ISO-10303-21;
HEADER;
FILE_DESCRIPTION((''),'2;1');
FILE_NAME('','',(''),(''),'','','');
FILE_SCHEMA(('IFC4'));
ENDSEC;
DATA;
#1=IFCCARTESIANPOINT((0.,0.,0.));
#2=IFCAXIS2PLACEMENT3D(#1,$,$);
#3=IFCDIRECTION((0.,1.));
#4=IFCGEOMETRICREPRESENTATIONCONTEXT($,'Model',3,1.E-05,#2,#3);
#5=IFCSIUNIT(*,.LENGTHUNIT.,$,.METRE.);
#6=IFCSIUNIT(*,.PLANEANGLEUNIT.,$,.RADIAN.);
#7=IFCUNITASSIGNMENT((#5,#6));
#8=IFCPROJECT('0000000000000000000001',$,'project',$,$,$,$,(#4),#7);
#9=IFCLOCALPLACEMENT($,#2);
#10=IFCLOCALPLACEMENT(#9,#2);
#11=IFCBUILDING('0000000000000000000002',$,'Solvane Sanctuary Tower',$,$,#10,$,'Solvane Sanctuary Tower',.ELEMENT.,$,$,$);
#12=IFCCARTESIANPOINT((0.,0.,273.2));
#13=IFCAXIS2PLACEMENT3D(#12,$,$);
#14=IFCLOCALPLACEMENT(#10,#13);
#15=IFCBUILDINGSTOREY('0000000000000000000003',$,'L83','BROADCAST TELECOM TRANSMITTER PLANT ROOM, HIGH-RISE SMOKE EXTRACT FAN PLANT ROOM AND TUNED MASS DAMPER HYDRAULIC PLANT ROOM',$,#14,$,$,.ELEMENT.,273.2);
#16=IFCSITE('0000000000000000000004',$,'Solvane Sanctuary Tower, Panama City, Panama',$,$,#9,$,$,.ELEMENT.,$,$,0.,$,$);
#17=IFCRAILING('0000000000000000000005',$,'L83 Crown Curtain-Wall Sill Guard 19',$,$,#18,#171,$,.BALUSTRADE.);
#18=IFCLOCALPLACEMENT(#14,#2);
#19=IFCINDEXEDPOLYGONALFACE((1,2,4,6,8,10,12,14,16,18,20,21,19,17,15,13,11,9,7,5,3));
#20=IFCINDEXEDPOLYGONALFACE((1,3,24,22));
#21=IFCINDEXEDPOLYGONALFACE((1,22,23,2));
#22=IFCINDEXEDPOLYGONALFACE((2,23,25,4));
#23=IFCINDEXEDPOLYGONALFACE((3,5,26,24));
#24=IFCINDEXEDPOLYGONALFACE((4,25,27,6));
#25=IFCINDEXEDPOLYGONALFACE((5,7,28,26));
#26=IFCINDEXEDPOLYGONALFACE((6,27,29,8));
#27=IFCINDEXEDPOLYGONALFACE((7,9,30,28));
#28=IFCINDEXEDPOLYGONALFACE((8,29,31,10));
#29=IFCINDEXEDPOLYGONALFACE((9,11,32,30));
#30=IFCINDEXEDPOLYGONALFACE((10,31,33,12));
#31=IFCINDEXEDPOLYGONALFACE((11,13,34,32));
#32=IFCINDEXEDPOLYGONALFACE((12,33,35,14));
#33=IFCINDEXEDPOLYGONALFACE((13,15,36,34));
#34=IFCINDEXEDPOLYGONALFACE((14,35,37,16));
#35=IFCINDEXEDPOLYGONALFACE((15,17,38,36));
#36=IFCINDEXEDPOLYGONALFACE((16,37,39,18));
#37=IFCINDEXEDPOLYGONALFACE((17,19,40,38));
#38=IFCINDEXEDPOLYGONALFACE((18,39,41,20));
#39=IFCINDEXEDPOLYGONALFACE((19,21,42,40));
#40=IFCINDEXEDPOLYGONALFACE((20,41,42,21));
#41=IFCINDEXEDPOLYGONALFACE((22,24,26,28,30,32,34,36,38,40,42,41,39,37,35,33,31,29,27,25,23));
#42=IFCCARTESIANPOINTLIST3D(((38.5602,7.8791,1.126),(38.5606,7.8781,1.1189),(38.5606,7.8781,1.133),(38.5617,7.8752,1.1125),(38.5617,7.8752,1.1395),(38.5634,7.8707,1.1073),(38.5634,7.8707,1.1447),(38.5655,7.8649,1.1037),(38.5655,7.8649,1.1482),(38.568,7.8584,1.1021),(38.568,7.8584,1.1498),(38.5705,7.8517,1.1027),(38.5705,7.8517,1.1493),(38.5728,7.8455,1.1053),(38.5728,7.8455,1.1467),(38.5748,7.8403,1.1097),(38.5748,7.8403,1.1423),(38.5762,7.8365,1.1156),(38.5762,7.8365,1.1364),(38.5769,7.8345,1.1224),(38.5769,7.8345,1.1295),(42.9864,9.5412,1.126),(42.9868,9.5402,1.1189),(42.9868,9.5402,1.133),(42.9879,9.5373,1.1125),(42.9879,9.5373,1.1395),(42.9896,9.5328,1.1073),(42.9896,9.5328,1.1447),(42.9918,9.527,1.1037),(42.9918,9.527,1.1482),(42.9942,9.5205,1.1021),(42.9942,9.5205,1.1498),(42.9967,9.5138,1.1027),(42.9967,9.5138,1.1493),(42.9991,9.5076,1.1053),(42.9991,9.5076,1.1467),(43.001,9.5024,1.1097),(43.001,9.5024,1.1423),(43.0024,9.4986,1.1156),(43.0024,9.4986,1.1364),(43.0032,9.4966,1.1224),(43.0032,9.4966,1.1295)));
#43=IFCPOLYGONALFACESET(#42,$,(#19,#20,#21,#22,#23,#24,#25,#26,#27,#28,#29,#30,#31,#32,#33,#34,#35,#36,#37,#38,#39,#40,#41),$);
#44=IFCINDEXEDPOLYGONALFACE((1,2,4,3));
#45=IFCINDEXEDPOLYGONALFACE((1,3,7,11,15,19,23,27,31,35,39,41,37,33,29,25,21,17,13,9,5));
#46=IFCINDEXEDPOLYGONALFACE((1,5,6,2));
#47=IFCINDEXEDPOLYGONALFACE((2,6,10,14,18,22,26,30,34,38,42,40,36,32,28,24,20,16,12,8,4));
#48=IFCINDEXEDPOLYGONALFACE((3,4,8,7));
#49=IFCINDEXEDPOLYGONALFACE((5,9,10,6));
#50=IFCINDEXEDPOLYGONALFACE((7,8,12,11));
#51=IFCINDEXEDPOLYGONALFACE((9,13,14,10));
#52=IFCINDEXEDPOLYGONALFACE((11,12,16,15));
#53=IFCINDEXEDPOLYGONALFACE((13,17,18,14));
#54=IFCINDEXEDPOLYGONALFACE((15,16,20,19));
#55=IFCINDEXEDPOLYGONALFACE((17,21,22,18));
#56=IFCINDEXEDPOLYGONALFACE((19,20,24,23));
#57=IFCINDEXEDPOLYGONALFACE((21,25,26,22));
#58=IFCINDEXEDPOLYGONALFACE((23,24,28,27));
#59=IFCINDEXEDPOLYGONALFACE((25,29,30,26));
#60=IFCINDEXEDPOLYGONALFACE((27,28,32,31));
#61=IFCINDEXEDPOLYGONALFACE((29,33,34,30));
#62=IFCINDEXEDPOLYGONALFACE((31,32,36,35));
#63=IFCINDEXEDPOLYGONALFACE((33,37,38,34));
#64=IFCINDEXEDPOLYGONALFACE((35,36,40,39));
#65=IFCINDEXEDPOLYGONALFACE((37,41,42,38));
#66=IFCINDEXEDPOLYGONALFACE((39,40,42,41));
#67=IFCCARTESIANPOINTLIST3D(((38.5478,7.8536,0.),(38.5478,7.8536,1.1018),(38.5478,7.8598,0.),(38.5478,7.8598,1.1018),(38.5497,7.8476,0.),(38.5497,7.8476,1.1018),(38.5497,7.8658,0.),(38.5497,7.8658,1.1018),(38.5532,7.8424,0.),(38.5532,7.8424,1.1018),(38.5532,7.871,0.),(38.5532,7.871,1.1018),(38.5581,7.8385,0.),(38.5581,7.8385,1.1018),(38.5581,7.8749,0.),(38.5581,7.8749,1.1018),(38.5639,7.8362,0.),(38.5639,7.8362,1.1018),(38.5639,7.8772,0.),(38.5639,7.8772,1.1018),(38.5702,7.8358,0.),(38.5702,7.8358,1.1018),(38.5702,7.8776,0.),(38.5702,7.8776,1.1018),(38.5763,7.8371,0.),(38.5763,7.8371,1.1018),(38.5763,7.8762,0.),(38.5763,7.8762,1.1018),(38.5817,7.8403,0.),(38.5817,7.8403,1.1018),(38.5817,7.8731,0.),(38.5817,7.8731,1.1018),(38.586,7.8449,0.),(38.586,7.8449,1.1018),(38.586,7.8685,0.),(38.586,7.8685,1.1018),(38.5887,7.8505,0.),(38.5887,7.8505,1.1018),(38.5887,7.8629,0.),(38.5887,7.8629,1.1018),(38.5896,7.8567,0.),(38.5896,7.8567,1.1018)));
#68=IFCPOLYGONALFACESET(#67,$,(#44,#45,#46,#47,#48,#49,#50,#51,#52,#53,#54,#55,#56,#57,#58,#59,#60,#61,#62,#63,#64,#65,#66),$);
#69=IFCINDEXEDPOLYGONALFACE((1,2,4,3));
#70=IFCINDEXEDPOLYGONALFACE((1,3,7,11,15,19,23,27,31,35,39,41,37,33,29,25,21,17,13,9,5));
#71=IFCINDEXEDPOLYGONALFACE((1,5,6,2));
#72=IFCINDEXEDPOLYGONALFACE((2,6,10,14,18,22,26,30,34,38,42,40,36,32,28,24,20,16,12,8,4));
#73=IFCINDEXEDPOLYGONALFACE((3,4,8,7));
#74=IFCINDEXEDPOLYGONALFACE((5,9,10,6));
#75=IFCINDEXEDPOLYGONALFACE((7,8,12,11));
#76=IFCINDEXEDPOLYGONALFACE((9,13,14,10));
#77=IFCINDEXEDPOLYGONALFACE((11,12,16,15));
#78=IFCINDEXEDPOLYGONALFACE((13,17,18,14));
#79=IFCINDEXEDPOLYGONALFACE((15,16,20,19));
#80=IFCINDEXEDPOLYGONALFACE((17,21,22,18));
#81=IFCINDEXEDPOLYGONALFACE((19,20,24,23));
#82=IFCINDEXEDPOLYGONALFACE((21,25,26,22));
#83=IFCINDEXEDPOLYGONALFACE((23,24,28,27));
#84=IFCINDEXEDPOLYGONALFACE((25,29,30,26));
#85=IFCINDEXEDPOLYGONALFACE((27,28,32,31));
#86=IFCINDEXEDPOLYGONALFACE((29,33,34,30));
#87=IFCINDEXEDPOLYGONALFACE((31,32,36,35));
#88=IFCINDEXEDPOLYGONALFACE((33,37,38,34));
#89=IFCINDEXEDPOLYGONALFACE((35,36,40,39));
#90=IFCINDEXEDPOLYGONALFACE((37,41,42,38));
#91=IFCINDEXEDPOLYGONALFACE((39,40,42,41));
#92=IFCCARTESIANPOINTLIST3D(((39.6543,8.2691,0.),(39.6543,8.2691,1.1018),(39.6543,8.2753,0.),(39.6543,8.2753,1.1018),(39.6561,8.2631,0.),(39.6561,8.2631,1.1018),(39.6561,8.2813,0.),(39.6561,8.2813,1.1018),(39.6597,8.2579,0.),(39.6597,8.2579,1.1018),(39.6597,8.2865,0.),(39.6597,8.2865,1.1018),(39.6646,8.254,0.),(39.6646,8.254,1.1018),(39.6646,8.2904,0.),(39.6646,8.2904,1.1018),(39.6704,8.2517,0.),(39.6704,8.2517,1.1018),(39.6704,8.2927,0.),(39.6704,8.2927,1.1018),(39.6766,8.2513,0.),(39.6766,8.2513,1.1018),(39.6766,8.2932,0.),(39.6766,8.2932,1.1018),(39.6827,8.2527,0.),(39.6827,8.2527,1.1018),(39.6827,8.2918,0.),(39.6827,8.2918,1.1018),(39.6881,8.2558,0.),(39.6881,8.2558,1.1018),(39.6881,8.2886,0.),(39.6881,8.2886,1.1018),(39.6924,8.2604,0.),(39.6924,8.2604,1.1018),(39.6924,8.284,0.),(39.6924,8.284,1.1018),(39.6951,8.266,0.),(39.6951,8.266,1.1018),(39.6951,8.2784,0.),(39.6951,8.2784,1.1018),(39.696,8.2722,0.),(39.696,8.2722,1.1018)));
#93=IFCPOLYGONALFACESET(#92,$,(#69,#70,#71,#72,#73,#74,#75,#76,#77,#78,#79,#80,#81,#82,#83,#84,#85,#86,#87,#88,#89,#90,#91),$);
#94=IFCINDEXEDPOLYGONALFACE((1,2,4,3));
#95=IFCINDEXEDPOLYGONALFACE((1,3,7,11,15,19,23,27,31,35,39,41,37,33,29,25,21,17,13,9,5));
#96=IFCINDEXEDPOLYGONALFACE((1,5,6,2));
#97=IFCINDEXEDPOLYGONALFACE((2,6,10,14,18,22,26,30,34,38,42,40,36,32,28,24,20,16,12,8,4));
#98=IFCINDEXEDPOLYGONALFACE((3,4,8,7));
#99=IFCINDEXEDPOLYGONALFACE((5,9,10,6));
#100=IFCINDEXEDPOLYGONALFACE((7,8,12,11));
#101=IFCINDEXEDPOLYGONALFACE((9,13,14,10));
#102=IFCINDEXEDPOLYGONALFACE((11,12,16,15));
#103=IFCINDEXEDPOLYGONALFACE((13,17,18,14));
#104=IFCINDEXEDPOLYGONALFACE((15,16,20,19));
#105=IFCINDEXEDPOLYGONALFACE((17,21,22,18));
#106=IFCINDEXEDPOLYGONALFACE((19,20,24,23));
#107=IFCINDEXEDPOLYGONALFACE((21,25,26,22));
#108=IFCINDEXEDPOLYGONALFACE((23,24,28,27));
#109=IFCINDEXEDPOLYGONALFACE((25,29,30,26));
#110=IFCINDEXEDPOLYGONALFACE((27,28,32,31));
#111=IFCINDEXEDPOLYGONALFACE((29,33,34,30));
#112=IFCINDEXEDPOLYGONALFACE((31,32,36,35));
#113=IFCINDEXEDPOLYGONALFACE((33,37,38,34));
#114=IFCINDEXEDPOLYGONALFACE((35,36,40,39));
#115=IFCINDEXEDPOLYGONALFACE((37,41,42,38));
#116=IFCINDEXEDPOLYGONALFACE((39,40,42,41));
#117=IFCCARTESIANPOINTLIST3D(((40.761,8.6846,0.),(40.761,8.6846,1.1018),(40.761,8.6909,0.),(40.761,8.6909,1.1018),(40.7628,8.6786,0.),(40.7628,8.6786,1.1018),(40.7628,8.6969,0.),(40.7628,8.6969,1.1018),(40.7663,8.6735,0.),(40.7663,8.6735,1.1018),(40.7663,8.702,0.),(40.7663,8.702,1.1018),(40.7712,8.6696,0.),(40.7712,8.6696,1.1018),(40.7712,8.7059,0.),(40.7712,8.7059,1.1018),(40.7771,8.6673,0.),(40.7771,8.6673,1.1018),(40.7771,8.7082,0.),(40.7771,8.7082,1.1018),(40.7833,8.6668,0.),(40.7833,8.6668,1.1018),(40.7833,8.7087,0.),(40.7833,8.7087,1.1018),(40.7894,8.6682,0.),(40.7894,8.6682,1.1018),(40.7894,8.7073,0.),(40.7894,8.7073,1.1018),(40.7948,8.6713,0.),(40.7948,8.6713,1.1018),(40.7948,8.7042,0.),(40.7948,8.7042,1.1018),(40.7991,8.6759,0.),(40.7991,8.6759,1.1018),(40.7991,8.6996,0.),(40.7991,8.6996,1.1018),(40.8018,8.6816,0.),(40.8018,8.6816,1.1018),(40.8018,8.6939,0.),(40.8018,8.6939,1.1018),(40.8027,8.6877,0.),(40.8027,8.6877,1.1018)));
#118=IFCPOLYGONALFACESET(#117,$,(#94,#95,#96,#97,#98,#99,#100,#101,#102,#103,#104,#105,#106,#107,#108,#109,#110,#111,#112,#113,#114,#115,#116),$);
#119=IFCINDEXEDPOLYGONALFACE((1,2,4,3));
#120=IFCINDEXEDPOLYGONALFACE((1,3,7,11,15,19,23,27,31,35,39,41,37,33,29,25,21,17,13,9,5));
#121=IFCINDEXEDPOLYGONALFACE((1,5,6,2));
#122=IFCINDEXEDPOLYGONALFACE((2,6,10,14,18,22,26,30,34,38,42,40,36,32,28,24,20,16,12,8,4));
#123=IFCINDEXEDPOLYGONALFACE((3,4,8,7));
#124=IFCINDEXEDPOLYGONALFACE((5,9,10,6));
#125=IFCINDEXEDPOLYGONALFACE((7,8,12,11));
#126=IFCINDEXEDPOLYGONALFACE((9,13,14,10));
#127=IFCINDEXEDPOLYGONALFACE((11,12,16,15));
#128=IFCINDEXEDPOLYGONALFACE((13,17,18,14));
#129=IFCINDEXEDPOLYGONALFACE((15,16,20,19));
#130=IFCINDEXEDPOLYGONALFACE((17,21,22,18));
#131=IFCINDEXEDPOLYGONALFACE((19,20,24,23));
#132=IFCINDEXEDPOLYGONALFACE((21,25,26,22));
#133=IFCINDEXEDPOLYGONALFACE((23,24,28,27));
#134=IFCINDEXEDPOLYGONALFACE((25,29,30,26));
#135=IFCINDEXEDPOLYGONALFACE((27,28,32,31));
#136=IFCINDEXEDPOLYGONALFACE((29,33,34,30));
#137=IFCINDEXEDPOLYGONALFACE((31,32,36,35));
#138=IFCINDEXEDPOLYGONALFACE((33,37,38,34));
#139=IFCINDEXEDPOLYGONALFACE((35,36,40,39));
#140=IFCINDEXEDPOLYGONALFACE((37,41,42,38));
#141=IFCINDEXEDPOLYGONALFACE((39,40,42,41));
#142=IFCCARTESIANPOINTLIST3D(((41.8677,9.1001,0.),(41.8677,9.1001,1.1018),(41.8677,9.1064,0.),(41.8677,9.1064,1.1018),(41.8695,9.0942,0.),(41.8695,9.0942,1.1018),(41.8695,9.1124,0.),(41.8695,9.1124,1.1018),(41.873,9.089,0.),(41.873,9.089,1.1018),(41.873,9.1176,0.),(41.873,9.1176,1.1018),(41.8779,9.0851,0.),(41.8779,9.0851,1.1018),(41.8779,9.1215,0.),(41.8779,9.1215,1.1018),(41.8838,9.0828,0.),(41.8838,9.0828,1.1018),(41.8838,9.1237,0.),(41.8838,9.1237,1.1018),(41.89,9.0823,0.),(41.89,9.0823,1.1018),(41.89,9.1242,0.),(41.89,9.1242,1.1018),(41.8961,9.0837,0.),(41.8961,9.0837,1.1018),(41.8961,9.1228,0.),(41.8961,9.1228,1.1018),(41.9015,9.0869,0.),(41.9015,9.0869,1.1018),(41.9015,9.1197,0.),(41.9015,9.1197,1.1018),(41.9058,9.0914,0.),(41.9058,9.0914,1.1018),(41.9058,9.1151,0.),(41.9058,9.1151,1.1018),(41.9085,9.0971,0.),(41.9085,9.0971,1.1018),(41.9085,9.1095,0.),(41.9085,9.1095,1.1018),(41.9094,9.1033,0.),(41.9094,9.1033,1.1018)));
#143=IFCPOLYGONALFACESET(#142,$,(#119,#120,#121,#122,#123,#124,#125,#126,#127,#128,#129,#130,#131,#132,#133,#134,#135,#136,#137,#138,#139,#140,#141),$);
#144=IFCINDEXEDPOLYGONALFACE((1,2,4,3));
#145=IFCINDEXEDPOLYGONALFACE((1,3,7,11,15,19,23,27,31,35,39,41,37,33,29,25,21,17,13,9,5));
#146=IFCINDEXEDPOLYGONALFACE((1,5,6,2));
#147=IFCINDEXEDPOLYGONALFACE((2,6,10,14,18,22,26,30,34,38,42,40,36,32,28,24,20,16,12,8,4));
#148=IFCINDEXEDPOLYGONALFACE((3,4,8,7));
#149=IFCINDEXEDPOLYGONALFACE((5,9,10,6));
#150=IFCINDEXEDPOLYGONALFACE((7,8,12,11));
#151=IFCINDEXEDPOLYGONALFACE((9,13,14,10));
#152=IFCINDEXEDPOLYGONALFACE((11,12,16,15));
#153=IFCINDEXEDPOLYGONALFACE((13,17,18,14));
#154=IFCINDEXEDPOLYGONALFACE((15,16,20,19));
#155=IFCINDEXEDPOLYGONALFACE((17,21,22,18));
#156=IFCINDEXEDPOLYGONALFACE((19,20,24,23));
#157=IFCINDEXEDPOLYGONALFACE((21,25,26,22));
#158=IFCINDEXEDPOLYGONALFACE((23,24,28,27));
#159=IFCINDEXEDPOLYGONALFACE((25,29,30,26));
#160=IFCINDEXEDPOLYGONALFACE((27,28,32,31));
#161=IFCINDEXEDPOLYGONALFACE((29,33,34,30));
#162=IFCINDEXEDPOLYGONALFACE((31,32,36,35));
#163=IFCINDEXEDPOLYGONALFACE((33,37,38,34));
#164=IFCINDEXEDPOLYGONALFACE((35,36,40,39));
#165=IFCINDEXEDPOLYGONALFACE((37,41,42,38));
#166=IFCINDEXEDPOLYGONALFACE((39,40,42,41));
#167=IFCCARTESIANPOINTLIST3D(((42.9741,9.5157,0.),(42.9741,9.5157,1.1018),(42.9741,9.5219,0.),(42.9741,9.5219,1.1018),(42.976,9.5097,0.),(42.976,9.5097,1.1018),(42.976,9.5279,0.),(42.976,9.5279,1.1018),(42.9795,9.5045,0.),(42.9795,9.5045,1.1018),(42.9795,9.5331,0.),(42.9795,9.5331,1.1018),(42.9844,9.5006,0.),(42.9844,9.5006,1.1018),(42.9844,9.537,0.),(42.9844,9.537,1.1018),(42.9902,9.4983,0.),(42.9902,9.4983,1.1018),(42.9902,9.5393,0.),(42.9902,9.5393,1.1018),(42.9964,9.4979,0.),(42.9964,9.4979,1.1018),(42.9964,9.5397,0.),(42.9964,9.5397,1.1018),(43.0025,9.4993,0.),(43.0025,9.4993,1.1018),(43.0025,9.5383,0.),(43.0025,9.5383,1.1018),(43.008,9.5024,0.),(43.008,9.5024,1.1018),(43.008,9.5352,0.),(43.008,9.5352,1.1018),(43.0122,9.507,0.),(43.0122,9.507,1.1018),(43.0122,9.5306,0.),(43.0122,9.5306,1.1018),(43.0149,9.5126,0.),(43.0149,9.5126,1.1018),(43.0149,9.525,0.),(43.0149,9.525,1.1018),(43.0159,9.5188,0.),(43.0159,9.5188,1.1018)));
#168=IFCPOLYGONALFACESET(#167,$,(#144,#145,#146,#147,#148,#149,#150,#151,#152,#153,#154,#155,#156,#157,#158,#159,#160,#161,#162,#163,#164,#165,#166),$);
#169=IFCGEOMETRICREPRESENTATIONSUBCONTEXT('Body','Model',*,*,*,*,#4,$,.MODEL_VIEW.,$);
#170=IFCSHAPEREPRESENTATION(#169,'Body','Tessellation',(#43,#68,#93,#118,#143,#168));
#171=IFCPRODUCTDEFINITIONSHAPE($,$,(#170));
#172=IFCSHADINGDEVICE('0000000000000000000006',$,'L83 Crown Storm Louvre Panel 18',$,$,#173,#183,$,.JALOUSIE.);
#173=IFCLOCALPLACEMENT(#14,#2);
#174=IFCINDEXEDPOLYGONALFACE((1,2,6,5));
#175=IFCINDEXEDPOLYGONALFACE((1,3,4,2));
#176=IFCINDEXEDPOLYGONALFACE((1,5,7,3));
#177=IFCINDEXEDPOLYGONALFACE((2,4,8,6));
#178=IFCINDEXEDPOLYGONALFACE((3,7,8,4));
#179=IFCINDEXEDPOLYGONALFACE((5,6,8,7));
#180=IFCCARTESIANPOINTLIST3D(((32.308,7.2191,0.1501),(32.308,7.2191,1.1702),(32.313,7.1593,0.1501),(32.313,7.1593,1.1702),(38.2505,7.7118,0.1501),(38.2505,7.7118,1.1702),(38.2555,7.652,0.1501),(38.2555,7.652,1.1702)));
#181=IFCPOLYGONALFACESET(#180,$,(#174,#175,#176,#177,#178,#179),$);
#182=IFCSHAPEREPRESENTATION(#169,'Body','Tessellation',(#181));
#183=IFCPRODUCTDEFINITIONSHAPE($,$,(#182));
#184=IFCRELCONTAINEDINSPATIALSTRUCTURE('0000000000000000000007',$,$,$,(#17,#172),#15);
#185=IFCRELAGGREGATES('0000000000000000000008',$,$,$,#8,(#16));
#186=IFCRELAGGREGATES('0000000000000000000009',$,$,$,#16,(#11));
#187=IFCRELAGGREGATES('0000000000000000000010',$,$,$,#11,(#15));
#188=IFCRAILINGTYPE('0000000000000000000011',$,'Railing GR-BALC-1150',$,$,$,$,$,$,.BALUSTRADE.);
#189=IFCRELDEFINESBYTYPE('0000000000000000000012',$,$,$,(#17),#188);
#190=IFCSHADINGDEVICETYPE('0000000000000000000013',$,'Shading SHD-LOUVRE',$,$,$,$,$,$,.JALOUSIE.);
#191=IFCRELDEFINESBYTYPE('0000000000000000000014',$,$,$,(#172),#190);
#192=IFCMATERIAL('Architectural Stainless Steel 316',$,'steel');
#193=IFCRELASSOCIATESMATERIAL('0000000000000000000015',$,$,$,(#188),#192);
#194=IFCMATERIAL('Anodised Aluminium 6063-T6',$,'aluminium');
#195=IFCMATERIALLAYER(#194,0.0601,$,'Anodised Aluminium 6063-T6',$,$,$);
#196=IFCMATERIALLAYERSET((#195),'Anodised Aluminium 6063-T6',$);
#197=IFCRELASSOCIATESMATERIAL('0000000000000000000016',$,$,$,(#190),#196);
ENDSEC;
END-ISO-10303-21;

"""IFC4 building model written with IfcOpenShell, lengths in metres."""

from ifc_helpers import new_model, si_unit, direction, frame, origin, origin_2d, place, context, subcontext, project, spatial, rectangle, circle, extrude, material, layer, layer_set, type_object, element, save


model = new_model("IFC4")

# Units and contexts
model_context = context("Model", 3, precision=1e-05, world=origin(), true_north=direction((0.0, 1.0)))
body_context = subcontext(model_context, "Body", "Model", "MODEL_VIEW")
ifc_project = project(units=[si_unit("LENGTHUNIT", "METRE"), si_unit("PLANEANGLEUNIT", "RADIAN")], contexts=[model_context])

# Site, building, storey
site_placement = place(None, origin())
site = spatial("IfcSite", under=ifc_project, at=site_placement, Name="Solvane Sanctuary Tower, Panama City, Panama", CompositionType="ELEMENT", RefElevation=0.0)
building_placement = place(site_placement, origin())
building = spatial("IfcBuilding", under=site, at=building_placement, Name="Solvane Sanctuary Tower", LongName="Solvane Sanctuary Tower", CompositionType="ELEMENT")
storey_placement = place(building_placement, frame((0.0, 0.0, 273.2)))
storey = spatial("IfcBuildingStorey", under=building, at=storey_placement, Name="L83", Description="BROADCAST TELECOM TRANSMITTER PLANT ROOM, HIGH-RISE SMOKE EXTRACT FAN PLANT ROOM AND TUNED MASS DAMPER HYDRAULIC PLANT ROOM", CompositionType="ELEMENT", Elevation=273.2)

# Shared definitions
ifc_material_1 = material(Name="Anodised Aluminium 6063-T6", Category="aluminium")

# Shared definitions
ifc_material_2 = material(Name="Architectural Stainless Steel 316", Category="steel")

# Railing
railing_type = type_object("IfcRailingType", Name="Railing GR-BALC-1150", PredefinedType="BALUSTRADE", material=ifc_material_2)
railing_placement = place(storey_placement, frame((38.5686, 7.8567, 0.0)))
element("IfcRailing", 1, at=railing_placement, inside=storey, type_object=railing_type, Name="L83 Crown Curtain-Wall Sill Guard 19", PredefinedType="BALUSTRADE", context=body_context, shape_type="SweptSolid", body=[
    extrude(circle(Radius=0.0239, at=origin_2d()), frame((0.0, 0.0, 1.126), z_axis=(0.936172, 0.351542, 0.0), x_axis=(-0.351542, 0.936172, 0.0)), (0.0, 0.0, 1.0), 4.728),
    extrude(circle(Radius=0.021, at=origin_2d()), origin(), (0.0, 0.0, 1.0), 1.1018),
    extrude(circle(Radius=0.021, at=origin_2d()), frame((1.1064, 0.4155, 0.0)), (0.0, 0.0, 1.0), 1.1018),
    extrude(circle(Radius=0.021, at=origin_2d()), frame((2.2131, 0.8311, 0.0)), (0.0, 0.0, 1.0), 1.1018),
    extrude(circle(Radius=0.021, at=origin_2d()), frame((3.3198, 1.2466, 0.0)), (0.0, 0.0, 1.0), 1.1018),
    extrude(circle(Radius=0.021, at=origin_2d()), frame((4.4263, 1.6621, 0.0)), (0.0, 0.0, 1.0), 1.1018),
])

# Shading device
ifc_layer_1 = layer(ifc_material_1, 0.0601, Name="Anodised Aluminium 6063-T6")
ifc_layer_set_1 = layer_set([ifc_layer_1], Name="Anodised Aluminium 6063-T6")
shading_device_type = type_object("IfcShadingDeviceType", Name="Shading SHD-LOUVRE", PredefinedType="JALOUSIE", material=ifc_layer_set_1)
shading_device_placement = place(storey_placement, frame((35.2817, 7.4355, 0.1501), z_axis=(0.0, 0.0, 1.0), x_axis=(0.99658, 0.082633, 0.0)))
element("IfcShadingDevice", 2, at=shading_device_placement, inside=storey, type_object=shading_device_type, Name="L83 Crown Storm Louvre Panel 18", PredefinedType="JALOUSIE", context=body_context, shape_type="SweptSolid", body=[
    extrude(rectangle(XDim=5.9629, YDim=0.0601, at=origin_2d()), origin(), (0.0, 0.0, 1.0), 1.02),
])

save(model, "model.ifc")
